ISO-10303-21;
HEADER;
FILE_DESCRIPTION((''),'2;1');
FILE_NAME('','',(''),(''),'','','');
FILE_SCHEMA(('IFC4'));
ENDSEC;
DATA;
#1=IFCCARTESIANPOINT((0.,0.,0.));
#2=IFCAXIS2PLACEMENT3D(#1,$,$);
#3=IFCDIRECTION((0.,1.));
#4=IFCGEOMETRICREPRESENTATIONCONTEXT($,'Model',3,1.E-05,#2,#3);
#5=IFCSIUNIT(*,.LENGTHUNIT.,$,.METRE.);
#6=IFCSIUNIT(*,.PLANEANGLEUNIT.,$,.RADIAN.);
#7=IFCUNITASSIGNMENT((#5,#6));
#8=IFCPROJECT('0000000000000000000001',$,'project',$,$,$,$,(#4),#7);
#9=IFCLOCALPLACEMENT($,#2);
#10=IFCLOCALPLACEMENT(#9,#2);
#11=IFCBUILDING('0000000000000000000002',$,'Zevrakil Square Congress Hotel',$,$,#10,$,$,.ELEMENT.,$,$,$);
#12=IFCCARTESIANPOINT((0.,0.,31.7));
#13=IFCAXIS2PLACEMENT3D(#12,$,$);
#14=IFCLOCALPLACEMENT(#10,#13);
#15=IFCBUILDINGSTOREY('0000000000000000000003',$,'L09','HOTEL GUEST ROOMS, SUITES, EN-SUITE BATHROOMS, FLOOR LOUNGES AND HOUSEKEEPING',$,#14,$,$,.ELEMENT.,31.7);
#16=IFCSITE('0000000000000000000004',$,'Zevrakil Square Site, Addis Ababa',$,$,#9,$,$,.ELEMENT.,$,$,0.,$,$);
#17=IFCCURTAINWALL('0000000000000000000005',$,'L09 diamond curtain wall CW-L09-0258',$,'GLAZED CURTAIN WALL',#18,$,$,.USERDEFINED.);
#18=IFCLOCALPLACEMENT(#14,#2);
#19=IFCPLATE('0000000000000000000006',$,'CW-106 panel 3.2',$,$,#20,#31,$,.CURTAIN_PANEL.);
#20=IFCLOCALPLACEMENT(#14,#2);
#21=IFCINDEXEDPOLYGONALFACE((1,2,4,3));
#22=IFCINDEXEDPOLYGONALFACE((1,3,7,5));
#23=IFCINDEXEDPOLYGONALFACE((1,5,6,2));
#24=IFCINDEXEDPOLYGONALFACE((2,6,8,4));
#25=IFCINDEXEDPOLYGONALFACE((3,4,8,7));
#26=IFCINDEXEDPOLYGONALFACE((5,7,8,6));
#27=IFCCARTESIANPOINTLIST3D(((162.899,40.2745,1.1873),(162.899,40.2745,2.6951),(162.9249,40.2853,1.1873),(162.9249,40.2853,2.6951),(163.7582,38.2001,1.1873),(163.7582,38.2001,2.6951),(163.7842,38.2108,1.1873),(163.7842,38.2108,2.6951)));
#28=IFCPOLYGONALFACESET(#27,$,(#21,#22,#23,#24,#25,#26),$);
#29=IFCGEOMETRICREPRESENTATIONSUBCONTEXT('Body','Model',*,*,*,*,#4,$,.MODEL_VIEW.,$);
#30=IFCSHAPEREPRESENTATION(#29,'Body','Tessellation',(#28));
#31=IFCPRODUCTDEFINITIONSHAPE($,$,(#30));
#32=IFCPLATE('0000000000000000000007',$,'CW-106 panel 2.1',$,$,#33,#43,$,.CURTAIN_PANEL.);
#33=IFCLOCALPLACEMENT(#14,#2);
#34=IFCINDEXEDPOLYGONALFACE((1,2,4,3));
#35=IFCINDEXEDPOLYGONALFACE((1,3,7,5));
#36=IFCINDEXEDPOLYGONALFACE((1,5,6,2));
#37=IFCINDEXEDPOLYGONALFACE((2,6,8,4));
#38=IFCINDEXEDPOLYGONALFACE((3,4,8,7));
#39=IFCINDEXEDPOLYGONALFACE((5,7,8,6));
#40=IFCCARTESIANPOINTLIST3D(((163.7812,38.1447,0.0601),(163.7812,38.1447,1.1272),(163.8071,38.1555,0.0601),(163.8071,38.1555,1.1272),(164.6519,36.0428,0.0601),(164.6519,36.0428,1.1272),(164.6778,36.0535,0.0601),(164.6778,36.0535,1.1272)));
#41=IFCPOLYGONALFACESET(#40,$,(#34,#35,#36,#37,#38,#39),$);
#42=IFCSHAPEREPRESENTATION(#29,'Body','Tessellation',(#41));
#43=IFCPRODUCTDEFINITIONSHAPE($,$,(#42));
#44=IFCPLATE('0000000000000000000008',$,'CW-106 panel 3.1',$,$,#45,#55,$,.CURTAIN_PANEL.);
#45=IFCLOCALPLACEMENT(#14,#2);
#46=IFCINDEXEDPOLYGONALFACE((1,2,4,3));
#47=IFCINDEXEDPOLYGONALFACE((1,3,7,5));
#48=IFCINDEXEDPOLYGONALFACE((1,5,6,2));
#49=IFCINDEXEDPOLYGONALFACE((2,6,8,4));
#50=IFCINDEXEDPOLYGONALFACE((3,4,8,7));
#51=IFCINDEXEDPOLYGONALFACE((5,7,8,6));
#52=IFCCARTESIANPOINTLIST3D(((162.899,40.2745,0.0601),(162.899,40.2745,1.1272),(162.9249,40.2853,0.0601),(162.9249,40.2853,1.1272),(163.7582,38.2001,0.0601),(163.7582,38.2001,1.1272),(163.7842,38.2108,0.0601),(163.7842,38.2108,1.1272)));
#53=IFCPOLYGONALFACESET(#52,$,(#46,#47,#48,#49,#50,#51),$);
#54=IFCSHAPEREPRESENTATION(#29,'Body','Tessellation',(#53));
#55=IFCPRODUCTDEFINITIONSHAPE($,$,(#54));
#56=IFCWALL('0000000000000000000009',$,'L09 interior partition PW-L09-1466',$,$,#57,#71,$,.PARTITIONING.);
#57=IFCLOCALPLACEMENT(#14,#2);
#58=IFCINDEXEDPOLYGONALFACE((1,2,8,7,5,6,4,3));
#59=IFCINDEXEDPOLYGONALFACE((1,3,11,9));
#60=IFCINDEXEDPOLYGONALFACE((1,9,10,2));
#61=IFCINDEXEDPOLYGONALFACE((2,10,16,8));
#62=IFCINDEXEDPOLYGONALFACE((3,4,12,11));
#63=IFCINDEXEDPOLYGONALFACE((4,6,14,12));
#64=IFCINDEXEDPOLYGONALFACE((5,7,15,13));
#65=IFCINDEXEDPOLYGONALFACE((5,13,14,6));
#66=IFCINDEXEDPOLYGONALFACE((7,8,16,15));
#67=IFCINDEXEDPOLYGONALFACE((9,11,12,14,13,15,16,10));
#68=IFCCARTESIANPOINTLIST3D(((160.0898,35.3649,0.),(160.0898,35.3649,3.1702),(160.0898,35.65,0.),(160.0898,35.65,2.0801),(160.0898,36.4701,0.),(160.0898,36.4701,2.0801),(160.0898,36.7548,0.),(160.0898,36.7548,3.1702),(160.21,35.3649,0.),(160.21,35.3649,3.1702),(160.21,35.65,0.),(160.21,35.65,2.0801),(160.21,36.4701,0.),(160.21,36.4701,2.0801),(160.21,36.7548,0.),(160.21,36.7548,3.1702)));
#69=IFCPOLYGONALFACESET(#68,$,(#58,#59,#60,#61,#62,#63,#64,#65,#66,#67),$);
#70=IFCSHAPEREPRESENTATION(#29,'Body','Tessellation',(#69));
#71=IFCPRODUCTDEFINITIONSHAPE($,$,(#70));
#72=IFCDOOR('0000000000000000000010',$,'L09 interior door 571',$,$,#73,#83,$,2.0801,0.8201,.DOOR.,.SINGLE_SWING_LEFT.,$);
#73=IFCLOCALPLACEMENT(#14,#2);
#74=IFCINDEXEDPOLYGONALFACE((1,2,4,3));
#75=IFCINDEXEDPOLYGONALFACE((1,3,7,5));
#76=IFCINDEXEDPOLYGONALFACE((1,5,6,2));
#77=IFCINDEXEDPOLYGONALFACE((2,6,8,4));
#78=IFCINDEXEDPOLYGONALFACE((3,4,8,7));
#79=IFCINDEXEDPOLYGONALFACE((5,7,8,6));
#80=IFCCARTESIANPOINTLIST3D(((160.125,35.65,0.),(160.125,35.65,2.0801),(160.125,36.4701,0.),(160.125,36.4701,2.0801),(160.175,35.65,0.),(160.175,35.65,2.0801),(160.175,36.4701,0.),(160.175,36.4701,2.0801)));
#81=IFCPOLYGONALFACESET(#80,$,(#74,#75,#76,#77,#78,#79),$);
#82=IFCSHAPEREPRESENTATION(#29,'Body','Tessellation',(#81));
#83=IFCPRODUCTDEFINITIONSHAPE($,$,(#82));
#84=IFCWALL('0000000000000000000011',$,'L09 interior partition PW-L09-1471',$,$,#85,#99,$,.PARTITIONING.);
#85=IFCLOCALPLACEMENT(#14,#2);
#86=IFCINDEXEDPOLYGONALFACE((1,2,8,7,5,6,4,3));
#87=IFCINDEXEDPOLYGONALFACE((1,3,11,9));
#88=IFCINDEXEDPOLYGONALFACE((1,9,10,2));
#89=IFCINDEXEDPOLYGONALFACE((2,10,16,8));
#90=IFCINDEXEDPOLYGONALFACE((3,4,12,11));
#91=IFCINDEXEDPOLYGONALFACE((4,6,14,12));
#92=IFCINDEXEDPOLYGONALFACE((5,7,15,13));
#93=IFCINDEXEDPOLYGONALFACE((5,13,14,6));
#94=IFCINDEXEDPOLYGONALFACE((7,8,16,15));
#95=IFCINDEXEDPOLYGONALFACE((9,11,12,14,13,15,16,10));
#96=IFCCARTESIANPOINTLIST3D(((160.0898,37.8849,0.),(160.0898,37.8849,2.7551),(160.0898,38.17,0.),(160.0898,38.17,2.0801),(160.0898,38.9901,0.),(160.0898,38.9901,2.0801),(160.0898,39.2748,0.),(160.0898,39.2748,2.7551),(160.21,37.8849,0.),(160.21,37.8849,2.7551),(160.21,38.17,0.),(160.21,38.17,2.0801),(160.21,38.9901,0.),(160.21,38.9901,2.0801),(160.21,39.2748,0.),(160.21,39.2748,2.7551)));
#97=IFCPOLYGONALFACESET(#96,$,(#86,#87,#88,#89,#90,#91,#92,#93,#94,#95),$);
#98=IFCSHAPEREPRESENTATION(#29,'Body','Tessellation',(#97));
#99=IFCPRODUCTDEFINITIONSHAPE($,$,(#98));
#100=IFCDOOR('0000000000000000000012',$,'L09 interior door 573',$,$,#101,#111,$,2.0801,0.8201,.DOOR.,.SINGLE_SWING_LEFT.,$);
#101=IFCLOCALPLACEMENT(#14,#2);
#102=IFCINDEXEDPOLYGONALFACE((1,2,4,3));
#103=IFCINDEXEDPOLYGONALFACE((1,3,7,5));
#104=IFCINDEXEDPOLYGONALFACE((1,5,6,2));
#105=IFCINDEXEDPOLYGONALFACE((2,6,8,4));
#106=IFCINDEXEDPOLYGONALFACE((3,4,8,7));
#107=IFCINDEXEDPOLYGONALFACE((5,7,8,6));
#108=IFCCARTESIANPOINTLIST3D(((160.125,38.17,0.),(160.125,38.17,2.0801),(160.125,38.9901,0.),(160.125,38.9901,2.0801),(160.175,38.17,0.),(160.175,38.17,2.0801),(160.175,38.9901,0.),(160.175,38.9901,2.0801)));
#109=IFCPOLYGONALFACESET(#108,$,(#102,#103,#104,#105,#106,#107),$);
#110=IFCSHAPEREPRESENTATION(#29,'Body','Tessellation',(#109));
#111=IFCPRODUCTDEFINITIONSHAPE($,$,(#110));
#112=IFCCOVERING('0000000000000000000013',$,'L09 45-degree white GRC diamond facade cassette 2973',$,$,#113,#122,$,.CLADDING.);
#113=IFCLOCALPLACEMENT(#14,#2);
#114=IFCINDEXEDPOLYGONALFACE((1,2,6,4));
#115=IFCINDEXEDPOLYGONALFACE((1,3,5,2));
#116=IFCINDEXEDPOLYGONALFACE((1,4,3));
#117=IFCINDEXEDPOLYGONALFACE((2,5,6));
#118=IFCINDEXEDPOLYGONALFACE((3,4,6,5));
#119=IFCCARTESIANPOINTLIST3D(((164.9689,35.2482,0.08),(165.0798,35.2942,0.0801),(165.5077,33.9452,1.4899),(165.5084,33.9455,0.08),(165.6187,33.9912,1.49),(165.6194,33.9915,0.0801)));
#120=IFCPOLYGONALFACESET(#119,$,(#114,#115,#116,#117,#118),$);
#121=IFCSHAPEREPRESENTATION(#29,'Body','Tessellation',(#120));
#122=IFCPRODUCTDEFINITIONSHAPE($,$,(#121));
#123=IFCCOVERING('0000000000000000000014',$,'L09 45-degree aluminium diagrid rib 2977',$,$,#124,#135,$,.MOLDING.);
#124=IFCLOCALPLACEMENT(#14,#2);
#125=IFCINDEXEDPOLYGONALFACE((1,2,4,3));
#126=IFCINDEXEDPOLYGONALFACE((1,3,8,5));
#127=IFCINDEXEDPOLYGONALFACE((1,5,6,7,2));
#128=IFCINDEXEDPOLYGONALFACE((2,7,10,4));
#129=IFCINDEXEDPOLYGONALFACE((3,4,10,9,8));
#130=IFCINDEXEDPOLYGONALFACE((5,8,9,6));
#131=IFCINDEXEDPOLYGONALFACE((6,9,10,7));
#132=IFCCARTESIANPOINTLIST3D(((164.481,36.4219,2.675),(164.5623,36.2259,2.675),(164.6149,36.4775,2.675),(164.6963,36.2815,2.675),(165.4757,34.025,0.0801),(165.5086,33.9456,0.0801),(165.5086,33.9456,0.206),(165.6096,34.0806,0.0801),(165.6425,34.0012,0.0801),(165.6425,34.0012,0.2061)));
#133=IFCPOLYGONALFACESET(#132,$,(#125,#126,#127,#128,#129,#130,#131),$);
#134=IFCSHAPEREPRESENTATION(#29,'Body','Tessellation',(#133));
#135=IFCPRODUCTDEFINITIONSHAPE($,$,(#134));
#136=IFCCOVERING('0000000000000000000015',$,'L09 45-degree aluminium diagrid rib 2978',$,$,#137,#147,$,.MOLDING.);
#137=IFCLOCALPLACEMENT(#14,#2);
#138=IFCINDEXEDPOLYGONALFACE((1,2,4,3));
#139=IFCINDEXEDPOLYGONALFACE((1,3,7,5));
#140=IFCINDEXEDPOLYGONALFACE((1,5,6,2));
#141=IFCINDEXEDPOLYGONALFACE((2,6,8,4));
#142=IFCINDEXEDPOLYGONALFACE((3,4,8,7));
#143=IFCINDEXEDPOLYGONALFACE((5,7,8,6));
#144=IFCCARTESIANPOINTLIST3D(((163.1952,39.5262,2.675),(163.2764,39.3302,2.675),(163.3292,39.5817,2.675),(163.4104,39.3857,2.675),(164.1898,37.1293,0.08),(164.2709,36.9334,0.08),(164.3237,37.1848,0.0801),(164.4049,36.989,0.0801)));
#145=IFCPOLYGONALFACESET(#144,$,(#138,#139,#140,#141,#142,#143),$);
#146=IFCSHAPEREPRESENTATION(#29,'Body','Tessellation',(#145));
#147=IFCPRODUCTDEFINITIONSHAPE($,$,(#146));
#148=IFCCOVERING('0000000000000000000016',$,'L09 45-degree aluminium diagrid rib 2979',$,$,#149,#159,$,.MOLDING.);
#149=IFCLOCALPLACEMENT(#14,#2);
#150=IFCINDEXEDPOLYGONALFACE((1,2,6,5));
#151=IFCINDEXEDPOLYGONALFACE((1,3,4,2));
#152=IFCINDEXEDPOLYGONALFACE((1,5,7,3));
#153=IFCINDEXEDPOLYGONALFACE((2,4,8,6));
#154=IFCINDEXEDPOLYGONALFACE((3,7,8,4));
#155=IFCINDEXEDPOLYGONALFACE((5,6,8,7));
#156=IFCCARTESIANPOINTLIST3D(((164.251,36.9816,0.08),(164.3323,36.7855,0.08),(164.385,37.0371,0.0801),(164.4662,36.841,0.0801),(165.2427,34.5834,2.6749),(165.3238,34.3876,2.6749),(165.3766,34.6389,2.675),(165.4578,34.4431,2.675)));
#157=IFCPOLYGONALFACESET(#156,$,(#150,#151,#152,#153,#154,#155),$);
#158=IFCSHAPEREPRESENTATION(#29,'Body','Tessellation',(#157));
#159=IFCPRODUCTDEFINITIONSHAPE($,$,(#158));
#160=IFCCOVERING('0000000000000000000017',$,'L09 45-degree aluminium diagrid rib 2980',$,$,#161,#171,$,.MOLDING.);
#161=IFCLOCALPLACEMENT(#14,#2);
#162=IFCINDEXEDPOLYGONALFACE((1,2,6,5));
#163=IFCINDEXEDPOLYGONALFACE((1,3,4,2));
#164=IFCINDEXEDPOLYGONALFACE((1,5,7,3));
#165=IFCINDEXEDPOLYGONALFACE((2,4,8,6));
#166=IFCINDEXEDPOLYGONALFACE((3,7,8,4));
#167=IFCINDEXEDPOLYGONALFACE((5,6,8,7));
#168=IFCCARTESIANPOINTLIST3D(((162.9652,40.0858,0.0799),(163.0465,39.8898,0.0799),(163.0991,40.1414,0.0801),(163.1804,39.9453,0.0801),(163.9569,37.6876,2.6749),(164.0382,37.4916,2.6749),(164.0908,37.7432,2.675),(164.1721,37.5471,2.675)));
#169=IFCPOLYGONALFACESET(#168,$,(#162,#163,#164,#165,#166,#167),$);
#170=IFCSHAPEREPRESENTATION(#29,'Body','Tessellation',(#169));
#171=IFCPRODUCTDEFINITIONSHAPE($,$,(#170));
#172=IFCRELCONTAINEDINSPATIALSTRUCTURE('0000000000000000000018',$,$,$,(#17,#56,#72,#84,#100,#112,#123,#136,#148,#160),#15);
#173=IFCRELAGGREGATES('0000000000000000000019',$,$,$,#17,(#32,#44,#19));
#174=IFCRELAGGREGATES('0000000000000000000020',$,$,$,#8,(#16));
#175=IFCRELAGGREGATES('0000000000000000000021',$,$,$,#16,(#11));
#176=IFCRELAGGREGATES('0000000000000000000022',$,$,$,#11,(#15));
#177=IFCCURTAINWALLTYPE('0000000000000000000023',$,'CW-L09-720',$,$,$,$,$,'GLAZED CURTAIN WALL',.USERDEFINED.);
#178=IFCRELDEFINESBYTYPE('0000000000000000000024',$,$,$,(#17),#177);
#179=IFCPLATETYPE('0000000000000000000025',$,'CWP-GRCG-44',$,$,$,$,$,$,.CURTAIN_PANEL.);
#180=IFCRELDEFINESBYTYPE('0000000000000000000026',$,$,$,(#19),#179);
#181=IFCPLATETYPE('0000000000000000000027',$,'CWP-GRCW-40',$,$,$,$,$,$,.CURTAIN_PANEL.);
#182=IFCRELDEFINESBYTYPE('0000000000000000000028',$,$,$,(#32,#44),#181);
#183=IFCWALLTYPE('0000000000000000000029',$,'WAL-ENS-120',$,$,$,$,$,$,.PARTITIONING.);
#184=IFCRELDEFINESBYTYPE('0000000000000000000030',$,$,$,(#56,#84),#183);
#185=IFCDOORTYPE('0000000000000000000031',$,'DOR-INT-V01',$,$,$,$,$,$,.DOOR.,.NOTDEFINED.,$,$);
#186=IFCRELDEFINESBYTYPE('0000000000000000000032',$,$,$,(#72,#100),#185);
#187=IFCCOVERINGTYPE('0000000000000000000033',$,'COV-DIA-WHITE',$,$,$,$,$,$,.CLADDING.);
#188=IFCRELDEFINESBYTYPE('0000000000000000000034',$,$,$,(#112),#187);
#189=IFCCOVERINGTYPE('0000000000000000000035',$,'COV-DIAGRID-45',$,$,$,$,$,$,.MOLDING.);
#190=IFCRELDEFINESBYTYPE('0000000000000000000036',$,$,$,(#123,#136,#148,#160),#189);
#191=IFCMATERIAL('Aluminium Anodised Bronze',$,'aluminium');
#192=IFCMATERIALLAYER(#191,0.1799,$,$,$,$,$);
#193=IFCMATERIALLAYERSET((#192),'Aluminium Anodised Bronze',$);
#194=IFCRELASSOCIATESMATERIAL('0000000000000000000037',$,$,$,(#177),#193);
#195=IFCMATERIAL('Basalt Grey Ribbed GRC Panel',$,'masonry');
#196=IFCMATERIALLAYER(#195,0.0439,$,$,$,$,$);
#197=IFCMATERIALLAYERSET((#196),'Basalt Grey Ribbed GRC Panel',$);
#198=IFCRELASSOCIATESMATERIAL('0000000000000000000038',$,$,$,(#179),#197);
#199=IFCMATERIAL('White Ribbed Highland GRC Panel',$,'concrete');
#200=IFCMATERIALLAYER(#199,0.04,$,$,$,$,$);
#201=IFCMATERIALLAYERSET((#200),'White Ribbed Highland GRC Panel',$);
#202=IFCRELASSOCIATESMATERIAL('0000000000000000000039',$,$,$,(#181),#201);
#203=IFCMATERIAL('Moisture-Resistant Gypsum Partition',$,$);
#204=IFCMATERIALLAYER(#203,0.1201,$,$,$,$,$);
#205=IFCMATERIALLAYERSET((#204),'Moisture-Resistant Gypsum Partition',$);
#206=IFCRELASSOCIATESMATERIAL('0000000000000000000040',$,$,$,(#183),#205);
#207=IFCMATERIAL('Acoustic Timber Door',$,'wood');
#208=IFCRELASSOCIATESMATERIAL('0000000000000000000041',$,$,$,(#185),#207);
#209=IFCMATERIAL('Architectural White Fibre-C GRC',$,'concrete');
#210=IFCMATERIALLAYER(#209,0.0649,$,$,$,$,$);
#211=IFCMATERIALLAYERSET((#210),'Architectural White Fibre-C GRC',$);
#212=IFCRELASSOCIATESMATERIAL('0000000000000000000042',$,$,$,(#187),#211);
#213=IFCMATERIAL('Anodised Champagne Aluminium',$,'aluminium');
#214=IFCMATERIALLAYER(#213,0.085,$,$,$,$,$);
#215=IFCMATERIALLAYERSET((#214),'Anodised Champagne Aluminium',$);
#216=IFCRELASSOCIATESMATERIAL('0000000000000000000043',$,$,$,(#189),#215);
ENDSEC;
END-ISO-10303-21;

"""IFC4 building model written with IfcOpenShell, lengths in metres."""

from ifc_helpers import new_model, si_unit, direction, frame, frame_2d, origin, origin_2d, place, context, subcontext, project, spatial, polyline, rectangle, outline, extrude, material, layer, layer_set, type_object, element, fill, aggregate, save


model = new_model("IFC4")

# Units and contexts
model_context = context("Model", 3, precision=1e-05, world=origin(), true_north=direction((0.0, 1.0)))
body_context = subcontext(model_context, "Body", "Model", "MODEL_VIEW")
ifc_project = project(units=[si_unit("LENGTHUNIT", "METRE"), si_unit("PLANEANGLEUNIT", "RADIAN")], contexts=[model_context])

# Site, building, storey
site_placement = place(None, origin())
site = spatial("IfcSite", under=ifc_project, at=site_placement, Name="Zevrakil Square Site, Addis Ababa", CompositionType="ELEMENT", RefElevation=0.0)
building_placement = place(site_placement, origin())
building = spatial("IfcBuilding", under=site, at=building_placement, Name="Zevrakil Square Congress Hotel", CompositionType="ELEMENT")
storey_placement = place(building_placement, frame((0.0, 0.0, 31.7)))
storey = spatial("IfcBuildingStorey", under=building, at=storey_placement, Name="L09", Description="HOTEL GUEST ROOMS, SUITES, EN-SUITE BATHROOMS, FLOOR LOUNGES AND HOUSEKEEPING", CompositionType="ELEMENT", Elevation=31.7)

# Curtain wall
ifc_material_1 = material(Name="Aluminium Anodised Bronze", Category="aluminium")
ifc_layer_1 = layer(ifc_material_1, 0.1799)
ifc_layer_set_1 = layer_set([ifc_layer_1], Name="Aluminium Anodised Bronze")
curtain_wall_type = type_object("IfcCurtainWallType", Name="CW-L09-720", ElementType="GLAZED CURTAIN WALL", PredefinedType="USERDEFINED", material=ifc_layer_set_1)
curtain_wall_placement = place(storey_placement, origin())
curtain_wall = element("IfcCurtainWall", 1, at=curtain_wall_placement, inside=storey, type_object=curtain_wall_type, Name="L09 diamond curtain wall CW-L09-0258", ObjectType="GLAZED CURTAIN WALL", PredefinedType="USERDEFINED")

# Plates
ifc_material_2 = material(Name="Basalt Grey Ribbed GRC Panel", Category="masonry")
ifc_layer_2 = layer(ifc_material_2, 0.0439)
ifc_layer_set_2 = layer_set([ifc_layer_2], Name="Basalt Grey Ribbed GRC Panel")
plate_type_1 = type_object("IfcPlateType", Name="CWP-GRCG-44", PredefinedType="CURTAIN_PANEL", material=ifc_layer_set_2)
plate_1_placement = place(storey_placement, frame((163.3416, 39.2427, 1.1873), z_axis=(0.0, 0.0, 1.0), x_axis=(-0.382684, 0.923879, 0.0)))
plate_1 = element("IfcPlate", 2, at=plate_1_placement, type_object=plate_type_1, Name="CW-106 panel 3.2", PredefinedType="CURTAIN_PANEL", context=body_context, shape_type="SweptSolid", body=[
    extrude(rectangle(XDim=2.2454, YDim=0.0281, at=origin_2d()), origin(), (0.0, 0.0, 1.0), 1.5078),
])
ifc_material_3 = material(Name="White Ribbed Highland GRC Panel", Category="concrete")
ifc_layer_3 = layer(ifc_material_3, 0.04)
ifc_layer_set_3 = layer_set([ifc_layer_3], Name="White Ribbed Highland GRC Panel")
plate_type_2 = type_object("IfcPlateType", Name="CWP-GRCW-40", PredefinedType="CURTAIN_PANEL", material=ifc_layer_set_3)
plate_2_placement = place(storey_placement, frame((164.2295, 37.0991, 0.0601), z_axis=(0.0, 0.0, 1.0), x_axis=(-0.382684, 0.923879, 0.0)))
plate_2 = element("IfcPlate", 3, at=plate_2_placement, type_object=plate_type_2, Name="CW-106 panel 2.1", PredefinedType="CURTAIN_PANEL", context=body_context, shape_type="SweptSolid", body=[
    extrude(rectangle(XDim=2.2751, YDim=0.0281, at=origin_2d()), origin(), (0.0, 0.0, 1.0), 1.0671),
])
plate_3_placement = place(storey_placement, frame((163.3416, 39.2427, 0.0601), z_axis=(0.0, 0.0, 1.0), x_axis=(-0.382684, 0.923879, 0.0)))
plate_3 = element("IfcPlate", 4, at=plate_3_placement, type_object=plate_type_2, Name="CW-106 panel 3.1", PredefinedType="CURTAIN_PANEL", context=body_context, shape_type="SweptSolid", body=[
    extrude(rectangle(XDim=2.2454, YDim=0.0281, at=origin_2d()), origin(), (0.0, 0.0, 1.0), 1.0671),
])
aggregate(curtain_wall, [plate_2, plate_3, plate_1])

# Walls, openings, doors
ifc_material_4 = material(Name="Moisture-Resistant Gypsum Partition")
ifc_layer_4 = layer(ifc_material_4, 0.1201)
ifc_layer_set_4 = layer_set([ifc_layer_4], Name="Moisture-Resistant Gypsum Partition")
wall_type = type_object("IfcWallType", Name="WAL-ENS-120", PredefinedType="PARTITIONING", material=ifc_layer_set_4)
wall_1_placement = place(storey_placement, frame((160.1499, 35.365, 0.0), z_axis=(0.0, 0.0, 1.0), x_axis=(0.0, 1.0, 0.0)))
wall_1 = element("IfcWall", 5, at=wall_1_placement, inside=storey, type_object=wall_type, Name="L09 interior partition PW-L09-1466", PredefinedType="PARTITIONING", context=body_context, shape_type="SweptSolid", body=[
    extrude(rectangle(XDim=1.3899, YDim=0.1201, at=frame_2d((0.6948, 0.0))), origin(), (0.0, 0.0, 1.0), 3.1702),
])
opening_1_placement = place(wall_1_placement, frame((0.2849, 0.0, 0.0)))
opening_1 = element("IfcOpeningElement", 6, at=opening_1_placement, cuts=wall_1, PredefinedType="OPENING", context=body_context, shape_type="SweptSolid", body=[
    extrude(rectangle(XDim=0.8201, YDim=2.0801, at=frame_2d((0.4102, 1.04))), frame((0.0, 0.0701, 0.0), z_axis=(0.0, -1.0, 0.0), x_axis=(1.0, 0.0, 0.0)), (0.0, 0.0, 1.0), 0.1401),
])
ifc_material_5 = material(Name="Acoustic Timber Door", Category="wood")
door_type = type_object("IfcDoorType", Name="DOR-INT-V01", OperationType="NOTDEFINED", PredefinedType="DOOR", material=ifc_material_5)
door_1_placement = place(opening_1_placement, origin())
door_1 = element("IfcDoor", 7, at=door_1_placement, inside=storey, type_object=door_type, Name="L09 interior door 571", OperationType="SINGLE_SWING_LEFT", OverallHeight=2.0801, OverallWidth=0.8201, PredefinedType="DOOR", context=body_context, shape_type="SweptSolid", body=[
    extrude(rectangle(XDim=0.8201, YDim=2.0801, at=frame_2d((0.4102, 1.04))), frame((0.0, 0.0249, 0.0), z_axis=(0.0, -1.0, 0.0), x_axis=(1.0, 0.0, 0.0)), (0.0, 0.0, 1.0), 0.05),
])
fill(opening_1, door_1)
wall_2_placement = place(storey_placement, frame((160.1499, 37.885, 0.0), z_axis=(0.0, 0.0, 1.0), x_axis=(0.0, 1.0, 0.0)))
wall_2 = element("IfcWall", 8, at=wall_2_placement, inside=storey, type_object=wall_type, Name="L09 interior partition PW-L09-1471", PredefinedType="PARTITIONING", context=body_context, shape_type="SweptSolid", body=[
    extrude(rectangle(XDim=1.3899, YDim=0.1201, at=frame_2d((0.6948, 0.0))), origin(), (0.0, 0.0, 1.0), 2.7551),
])
opening_2_placement = place(wall_2_placement, frame((0.2849, 0.0, 0.0)))
opening_2 = element("IfcOpeningElement", 9, at=opening_2_placement, cuts=wall_2, PredefinedType="OPENING", context=body_context, shape_type="SweptSolid", body=[
    extrude(rectangle(XDim=0.8201, YDim=2.0801, at=frame_2d((0.4102, 1.04))), frame((0.0, 0.0701, 0.0), z_axis=(0.0, -1.0, 0.0), x_axis=(1.0, 0.0, 0.0)), (0.0, 0.0, 1.0), 0.1401),
])
door_2_placement = place(opening_2_placement, origin())
door_2 = element("IfcDoor", 10, at=door_2_placement, inside=storey, type_object=door_type, Name="L09 interior door 573", OperationType="SINGLE_SWING_LEFT", OverallHeight=2.0801, OverallWidth=0.8201, PredefinedType="DOOR", context=body_context, shape_type="SweptSolid", body=[
    extrude(rectangle(XDim=0.8201, YDim=2.0801, at=frame_2d((0.4102, 1.04))), frame((0.0, 0.0249, 0.0), z_axis=(0.0, -1.0, 0.0), x_axis=(1.0, 0.0, 0.0)), (0.0, 0.0, 1.0), 0.05),
])
fill(opening_2, door_2)

# Coverings
ifc_material_6 = material(Name="Architectural White Fibre-C GRC", Category="concrete")
ifc_layer_5 = layer(ifc_material_6, 0.0649)
ifc_layer_set_5 = layer_set([ifc_layer_5], Name="Architectural White Fibre-C GRC")
covering_type_1 = type_object("IfcCoveringType", Name="COV-DIA-WHITE", PredefinedType="CLADDING", material=ifc_layer_set_5)
covering_1_placement = place(storey_placement, frame((165.0798, 35.2942, 0.0801), z_axis=(0.923894, 0.382647, 0.000546), x_axis=(0.382647, -0.923894, 0.0)))
element("IfcCovering", 11, at=covering_1_placement, inside=storey, type_object=covering_type_1, Name="L09 45-degree white GRC diamond facade cassette 2973", PredefinedType="CLADDING", context=body_context, shape_type="SweptSolid", body=[
    extrude(outline(polyline([(0.0, 0.0), (1.41, 0.0), (1.41, -1.4099), (0.0, 0.0)])), origin(), (0.0, 0.0, -1.0), 0.1201),
])
ifc_material_7 = material(Name="Anodised Champagne Aluminium", Category="aluminium")
ifc_layer_6 = layer(ifc_material_7, 0.085)
ifc_layer_set_6 = layer_set([ifc_layer_6], Name="Anodised Champagne Aluminium")
covering_type_2 = type_object("IfcCoveringType", Name="COV-DIAGRID-45", PredefinedType="MOLDING", material=ifc_layer_set_6)
covering_2_placement = place(storey_placement, frame((165.6096, 34.0806, 0.0801), z_axis=(0.923648, 0.383241, 0.000045), x_axis=(0.383241, -0.923648, 0.0)))
element("IfcCovering", 12, at=covering_2_placement, inside=storey, type_object=covering_type_2, Name="L09 45-degree aluminium diagrid rib 2977", PredefinedType="MOLDING", context=body_context, shape_type="SweptSolid", body=[
    extrude(outline(polyline([(0.0, 0.0), (0.0859, 0.0), (0.0859, -0.126), (-2.3829, -2.595), (-2.5951, -2.595), (0.0, 0.0)])), origin(), (0.0, 0.0, -1.0), 0.145),
])
covering_3_placement = place(storey_placement, frame((164.3237, 37.1848, 0.0801), z_axis=(0.923841, 0.382775, 0.000505), x_axis=(0.382775, -0.923841, 0.0)))
element("IfcCovering", 13, at=covering_3_placement, inside=storey, type_object=covering_type_2, Name="L09 45-degree aluminium diagrid rib 2978", PredefinedType="MOLDING", context=body_context, shape_type="SweptSolid", body=[
    extrude(outline(polyline([(0.0, 0.0), (0.212, 0.0), (-2.3829, -2.595), (-2.595, -2.595), (0.0, 0.0)])), origin(), (0.0, 0.0, -1.0), 0.145),
])
covering_4_placement = place(storey_placement, frame((165.4578, 34.4431, 2.675), z_axis=(0.923841, 0.382775, 0.000718), x_axis=(-0.382775, 0.923841, 0.0)))
element("IfcCovering", 14, at=covering_4_placement, inside=storey, type_object=covering_type_2, Name="L09 45-degree aluminium diagrid rib 2979", PredefinedType="MOLDING", context=body_context, shape_type="SweptSolid", body=[
    extrude(outline(polyline([(0.0, 0.0), (0.2119, 0.0), (2.8071, -2.595), (2.5948, -2.595), (0.0, 0.0)])), origin(), (0.0, 0.0, -1.0), 0.145),
])
covering_5_placement = place(storey_placement, frame((164.1721, 37.5471, 2.675), z_axis=(0.923722, 0.383063, 0.001004), x_axis=(-0.383063, 0.923722, 0.0)))
element("IfcCovering", 15, at=covering_5_placement, inside=storey, type_object=covering_type_2, Name="L09 45-degree aluminium diagrid rib 2980", PredefinedType="MOLDING", context=body_context, shape_type="SweptSolid", body=[
    extrude(outline(polyline([(0.0, 0.0), (0.2122, 0.0), (2.8074, -2.595), (2.5951, -2.595), (0.0, 0.0)])), origin(), (0.0, 0.0, -1.0), 0.145),
])

save(model, "model.ifc")
